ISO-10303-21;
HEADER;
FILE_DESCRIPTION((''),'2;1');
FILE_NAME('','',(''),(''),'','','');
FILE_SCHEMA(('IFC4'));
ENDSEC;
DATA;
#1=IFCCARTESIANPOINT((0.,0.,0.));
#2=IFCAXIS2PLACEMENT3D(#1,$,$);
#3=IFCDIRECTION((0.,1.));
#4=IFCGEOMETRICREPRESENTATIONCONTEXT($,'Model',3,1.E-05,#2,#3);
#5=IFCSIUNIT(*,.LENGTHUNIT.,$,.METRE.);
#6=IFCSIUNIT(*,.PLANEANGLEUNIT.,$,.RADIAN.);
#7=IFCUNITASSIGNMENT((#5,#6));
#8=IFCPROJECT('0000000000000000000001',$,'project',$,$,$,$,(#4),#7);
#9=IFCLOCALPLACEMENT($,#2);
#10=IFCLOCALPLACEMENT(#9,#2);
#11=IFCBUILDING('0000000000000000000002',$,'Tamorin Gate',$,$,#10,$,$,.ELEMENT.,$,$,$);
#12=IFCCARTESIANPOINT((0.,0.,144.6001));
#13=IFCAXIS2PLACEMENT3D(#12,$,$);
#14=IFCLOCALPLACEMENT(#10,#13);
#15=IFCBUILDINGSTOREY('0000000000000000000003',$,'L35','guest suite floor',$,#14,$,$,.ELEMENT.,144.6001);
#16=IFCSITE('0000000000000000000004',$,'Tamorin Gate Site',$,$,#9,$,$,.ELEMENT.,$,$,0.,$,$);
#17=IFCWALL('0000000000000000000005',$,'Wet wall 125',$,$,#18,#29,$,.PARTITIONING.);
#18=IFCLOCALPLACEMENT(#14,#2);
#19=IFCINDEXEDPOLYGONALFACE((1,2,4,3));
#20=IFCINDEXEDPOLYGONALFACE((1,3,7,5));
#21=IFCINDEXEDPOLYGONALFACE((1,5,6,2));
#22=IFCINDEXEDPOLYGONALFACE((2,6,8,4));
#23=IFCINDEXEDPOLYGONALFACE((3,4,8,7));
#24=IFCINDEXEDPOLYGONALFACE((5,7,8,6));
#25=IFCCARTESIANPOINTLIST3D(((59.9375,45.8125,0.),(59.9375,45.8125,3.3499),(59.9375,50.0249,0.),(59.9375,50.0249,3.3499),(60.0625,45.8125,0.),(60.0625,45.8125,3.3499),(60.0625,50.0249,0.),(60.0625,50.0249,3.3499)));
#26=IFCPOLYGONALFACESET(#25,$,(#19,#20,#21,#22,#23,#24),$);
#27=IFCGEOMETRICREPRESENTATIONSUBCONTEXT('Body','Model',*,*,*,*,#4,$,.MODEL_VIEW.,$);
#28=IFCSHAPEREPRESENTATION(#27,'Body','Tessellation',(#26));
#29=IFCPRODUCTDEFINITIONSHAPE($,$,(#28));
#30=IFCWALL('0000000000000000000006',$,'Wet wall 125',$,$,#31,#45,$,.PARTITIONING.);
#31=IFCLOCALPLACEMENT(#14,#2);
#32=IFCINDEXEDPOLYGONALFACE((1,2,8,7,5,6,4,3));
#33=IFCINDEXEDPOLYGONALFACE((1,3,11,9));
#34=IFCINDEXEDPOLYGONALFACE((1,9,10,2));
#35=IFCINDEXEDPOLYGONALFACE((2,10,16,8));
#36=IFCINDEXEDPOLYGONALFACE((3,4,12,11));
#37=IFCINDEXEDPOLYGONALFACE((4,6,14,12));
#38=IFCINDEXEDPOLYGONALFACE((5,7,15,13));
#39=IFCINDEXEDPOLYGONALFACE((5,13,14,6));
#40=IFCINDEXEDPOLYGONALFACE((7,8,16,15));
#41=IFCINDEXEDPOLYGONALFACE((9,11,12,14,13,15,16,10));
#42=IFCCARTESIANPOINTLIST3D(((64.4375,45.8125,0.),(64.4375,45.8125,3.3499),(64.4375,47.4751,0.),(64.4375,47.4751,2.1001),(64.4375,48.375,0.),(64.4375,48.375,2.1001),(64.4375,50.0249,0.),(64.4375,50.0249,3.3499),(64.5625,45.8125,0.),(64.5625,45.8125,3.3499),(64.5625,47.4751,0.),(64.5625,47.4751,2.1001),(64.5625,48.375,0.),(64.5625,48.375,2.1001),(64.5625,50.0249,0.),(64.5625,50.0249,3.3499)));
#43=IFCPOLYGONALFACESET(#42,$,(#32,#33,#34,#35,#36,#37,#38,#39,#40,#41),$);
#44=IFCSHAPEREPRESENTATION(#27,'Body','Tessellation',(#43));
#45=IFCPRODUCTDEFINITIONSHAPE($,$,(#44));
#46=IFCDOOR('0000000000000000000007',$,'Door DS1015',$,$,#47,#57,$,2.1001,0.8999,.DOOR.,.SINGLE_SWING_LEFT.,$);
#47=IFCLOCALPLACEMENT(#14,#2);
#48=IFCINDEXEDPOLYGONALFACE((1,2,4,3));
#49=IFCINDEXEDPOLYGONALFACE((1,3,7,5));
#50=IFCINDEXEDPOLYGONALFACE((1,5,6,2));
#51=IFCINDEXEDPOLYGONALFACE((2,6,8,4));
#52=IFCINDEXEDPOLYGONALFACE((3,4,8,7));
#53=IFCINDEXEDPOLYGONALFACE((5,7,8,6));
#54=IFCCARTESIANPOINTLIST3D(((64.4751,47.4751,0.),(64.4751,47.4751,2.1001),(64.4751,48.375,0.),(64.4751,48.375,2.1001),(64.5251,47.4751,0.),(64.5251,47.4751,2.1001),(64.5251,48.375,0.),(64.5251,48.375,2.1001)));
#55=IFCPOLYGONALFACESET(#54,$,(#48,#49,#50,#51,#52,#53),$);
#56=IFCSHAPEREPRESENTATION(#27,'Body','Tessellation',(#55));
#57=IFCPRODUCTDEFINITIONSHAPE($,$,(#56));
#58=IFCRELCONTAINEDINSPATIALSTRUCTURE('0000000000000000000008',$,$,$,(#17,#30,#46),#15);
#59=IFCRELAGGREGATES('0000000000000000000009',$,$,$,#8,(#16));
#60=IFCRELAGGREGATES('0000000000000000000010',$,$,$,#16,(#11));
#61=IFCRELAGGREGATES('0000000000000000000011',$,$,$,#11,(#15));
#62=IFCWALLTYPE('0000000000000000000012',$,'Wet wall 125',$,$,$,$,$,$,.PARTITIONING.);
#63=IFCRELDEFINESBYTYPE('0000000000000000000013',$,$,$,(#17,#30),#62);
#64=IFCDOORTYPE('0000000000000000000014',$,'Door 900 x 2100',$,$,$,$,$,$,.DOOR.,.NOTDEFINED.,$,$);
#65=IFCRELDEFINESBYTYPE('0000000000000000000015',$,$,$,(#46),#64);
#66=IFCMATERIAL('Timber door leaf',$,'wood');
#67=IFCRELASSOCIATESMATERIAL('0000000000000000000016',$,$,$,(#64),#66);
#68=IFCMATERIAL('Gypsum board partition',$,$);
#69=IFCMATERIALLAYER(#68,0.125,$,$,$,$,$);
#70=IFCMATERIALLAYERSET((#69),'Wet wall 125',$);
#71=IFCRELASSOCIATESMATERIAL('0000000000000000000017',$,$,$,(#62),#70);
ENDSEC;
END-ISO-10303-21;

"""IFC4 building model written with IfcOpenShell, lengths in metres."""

from ifc_helpers import new_model, si_unit, direction, frame, frame_2d, origin, place, context, subcontext, project, spatial, rectangle, extrude, material, layer, layer_set, type_object, element, fill, save


model = new_model("IFC4")

# Units and contexts
model_context = context("Model", 3, precision=1e-05, world=origin(), true_north=direction((0.0, 1.0)))
body_context = subcontext(model_context, "Body", "Model", "MODEL_VIEW")
ifc_project = project(units=[si_unit("LENGTHUNIT", "METRE"), si_unit("PLANEANGLEUNIT", "RADIAN")], contexts=[model_context])

# Site, building, storey
site_placement = place(None, origin())
site = spatial("IfcSite", under=ifc_project, at=site_placement, Name="Tamorin Gate Site", CompositionType="ELEMENT", RefElevation=0.0)
building_placement = place(site_placement, origin())
building = spatial("IfcBuilding", under=site, at=building_placement, Name="Tamorin Gate", CompositionType="ELEMENT")
storey_placement = place(building_placement, frame((0.0, 0.0, 144.6001)))
storey = spatial("IfcBuildingStorey", under=building, at=storey_placement, Name="L35", Description="guest suite floor", CompositionType="ELEMENT", Elevation=144.6001)

# Shared definitions
ifc_material_1 = material(Name="Gypsum board partition")
ifc_material_2 = material(Name="Timber door leaf", Category="wood")

# Shared definitions
door_type_1 = type_object("IfcDoorType", Name="Door 900 x 2100", OperationType="NOTDEFINED", PredefinedType="DOOR", material=ifc_material_2)

# Shared definitions
ifc_layer_1 = layer(ifc_material_1, 0.125)
ifc_layer_set_1 = layer_set([ifc_layer_1], Name="Wet wall 125")
wall_type_1 = type_object("IfcWallType", Name="Wet wall 125", PredefinedType="PARTITIONING", material=ifc_layer_set_1)

# Wall
for number, where, z_axis, x_axis, name in (
    (1, (60.0, 45.8125, 0.0), (0.0, 0.0, 1.0), (0.0, 1.0, 0.0), "Wet wall 125"),
):
    element("IfcWall", number, at=place(storey_placement, frame(where, z_axis=z_axis, x_axis=x_axis)), inside=storey, type_object=wall_type_1, Name=name, PredefinedType="PARTITIONING", context=body_context, shape_type="SweptSolid", body=[
        extrude(rectangle(XDim=4.2124, YDim=0.125, at=frame_2d((2.1062, 0.0))), origin(), (0.0, 0.0, 1.0), 3.3499),
    ])

# Wall, opening, door
wall_1_placement = place(storey_placement, frame((64.5, 45.8125, 0.0), z_axis=(0.0, 0.0, 1.0), x_axis=(0.0, 1.0, 0.0)))
wall_1 = element("IfcWall", 2, at=wall_1_placement, inside=storey, type_object=wall_type_1, Name="Wet wall 125", PredefinedType="PARTITIONING", context=body_context, shape_type="SweptSolid", body=[
    extrude(rectangle(XDim=4.2124, YDim=0.125, at=frame_2d((2.1062, 0.0))), origin(), (0.0, 0.0, 1.0), 3.3499),
])
opening_1_placement = place(wall_1_placement, frame((1.6626, 0.0, 0.0)))
opening_1 = element("IfcOpeningElement", 3, at=opening_1_placement, cuts=wall_1, PredefinedType="OPENING", context=body_context, shape_type="SweptSolid", body=[
    extrude(rectangle(XDim=0.8999, YDim=2.1001, at=frame_2d((0.45, 1.05))), frame((0.0, 0.0725, 0.0), z_axis=(0.0, -1.0, 0.0), x_axis=(1.0, 0.0, 0.0)), (0.0, 0.0, 1.0), 0.145),
])
door_1_placement = place(opening_1_placement, origin())
door_1 = element("IfcDoor", 4, at=door_1_placement, inside=storey, type_object=door_type_1, Name="Door DS1015", OperationType="SINGLE_SWING_LEFT", OverallHeight=2.1001, OverallWidth=0.8999, PredefinedType="DOOR", context=body_context, shape_type="SweptSolid", body=[
    extrude(rectangle(XDim=0.8999, YDim=2.1001, at=frame_2d((0.45, 1.05))), frame((0.0, 0.0249, 0.0), z_axis=(0.0, -1.0, 0.0), x_axis=(1.0, 0.0, 0.0)), (0.0, 0.0, 1.0), 0.05),
])
fill(opening_1, door_1)

save(model, "model.ifc")
